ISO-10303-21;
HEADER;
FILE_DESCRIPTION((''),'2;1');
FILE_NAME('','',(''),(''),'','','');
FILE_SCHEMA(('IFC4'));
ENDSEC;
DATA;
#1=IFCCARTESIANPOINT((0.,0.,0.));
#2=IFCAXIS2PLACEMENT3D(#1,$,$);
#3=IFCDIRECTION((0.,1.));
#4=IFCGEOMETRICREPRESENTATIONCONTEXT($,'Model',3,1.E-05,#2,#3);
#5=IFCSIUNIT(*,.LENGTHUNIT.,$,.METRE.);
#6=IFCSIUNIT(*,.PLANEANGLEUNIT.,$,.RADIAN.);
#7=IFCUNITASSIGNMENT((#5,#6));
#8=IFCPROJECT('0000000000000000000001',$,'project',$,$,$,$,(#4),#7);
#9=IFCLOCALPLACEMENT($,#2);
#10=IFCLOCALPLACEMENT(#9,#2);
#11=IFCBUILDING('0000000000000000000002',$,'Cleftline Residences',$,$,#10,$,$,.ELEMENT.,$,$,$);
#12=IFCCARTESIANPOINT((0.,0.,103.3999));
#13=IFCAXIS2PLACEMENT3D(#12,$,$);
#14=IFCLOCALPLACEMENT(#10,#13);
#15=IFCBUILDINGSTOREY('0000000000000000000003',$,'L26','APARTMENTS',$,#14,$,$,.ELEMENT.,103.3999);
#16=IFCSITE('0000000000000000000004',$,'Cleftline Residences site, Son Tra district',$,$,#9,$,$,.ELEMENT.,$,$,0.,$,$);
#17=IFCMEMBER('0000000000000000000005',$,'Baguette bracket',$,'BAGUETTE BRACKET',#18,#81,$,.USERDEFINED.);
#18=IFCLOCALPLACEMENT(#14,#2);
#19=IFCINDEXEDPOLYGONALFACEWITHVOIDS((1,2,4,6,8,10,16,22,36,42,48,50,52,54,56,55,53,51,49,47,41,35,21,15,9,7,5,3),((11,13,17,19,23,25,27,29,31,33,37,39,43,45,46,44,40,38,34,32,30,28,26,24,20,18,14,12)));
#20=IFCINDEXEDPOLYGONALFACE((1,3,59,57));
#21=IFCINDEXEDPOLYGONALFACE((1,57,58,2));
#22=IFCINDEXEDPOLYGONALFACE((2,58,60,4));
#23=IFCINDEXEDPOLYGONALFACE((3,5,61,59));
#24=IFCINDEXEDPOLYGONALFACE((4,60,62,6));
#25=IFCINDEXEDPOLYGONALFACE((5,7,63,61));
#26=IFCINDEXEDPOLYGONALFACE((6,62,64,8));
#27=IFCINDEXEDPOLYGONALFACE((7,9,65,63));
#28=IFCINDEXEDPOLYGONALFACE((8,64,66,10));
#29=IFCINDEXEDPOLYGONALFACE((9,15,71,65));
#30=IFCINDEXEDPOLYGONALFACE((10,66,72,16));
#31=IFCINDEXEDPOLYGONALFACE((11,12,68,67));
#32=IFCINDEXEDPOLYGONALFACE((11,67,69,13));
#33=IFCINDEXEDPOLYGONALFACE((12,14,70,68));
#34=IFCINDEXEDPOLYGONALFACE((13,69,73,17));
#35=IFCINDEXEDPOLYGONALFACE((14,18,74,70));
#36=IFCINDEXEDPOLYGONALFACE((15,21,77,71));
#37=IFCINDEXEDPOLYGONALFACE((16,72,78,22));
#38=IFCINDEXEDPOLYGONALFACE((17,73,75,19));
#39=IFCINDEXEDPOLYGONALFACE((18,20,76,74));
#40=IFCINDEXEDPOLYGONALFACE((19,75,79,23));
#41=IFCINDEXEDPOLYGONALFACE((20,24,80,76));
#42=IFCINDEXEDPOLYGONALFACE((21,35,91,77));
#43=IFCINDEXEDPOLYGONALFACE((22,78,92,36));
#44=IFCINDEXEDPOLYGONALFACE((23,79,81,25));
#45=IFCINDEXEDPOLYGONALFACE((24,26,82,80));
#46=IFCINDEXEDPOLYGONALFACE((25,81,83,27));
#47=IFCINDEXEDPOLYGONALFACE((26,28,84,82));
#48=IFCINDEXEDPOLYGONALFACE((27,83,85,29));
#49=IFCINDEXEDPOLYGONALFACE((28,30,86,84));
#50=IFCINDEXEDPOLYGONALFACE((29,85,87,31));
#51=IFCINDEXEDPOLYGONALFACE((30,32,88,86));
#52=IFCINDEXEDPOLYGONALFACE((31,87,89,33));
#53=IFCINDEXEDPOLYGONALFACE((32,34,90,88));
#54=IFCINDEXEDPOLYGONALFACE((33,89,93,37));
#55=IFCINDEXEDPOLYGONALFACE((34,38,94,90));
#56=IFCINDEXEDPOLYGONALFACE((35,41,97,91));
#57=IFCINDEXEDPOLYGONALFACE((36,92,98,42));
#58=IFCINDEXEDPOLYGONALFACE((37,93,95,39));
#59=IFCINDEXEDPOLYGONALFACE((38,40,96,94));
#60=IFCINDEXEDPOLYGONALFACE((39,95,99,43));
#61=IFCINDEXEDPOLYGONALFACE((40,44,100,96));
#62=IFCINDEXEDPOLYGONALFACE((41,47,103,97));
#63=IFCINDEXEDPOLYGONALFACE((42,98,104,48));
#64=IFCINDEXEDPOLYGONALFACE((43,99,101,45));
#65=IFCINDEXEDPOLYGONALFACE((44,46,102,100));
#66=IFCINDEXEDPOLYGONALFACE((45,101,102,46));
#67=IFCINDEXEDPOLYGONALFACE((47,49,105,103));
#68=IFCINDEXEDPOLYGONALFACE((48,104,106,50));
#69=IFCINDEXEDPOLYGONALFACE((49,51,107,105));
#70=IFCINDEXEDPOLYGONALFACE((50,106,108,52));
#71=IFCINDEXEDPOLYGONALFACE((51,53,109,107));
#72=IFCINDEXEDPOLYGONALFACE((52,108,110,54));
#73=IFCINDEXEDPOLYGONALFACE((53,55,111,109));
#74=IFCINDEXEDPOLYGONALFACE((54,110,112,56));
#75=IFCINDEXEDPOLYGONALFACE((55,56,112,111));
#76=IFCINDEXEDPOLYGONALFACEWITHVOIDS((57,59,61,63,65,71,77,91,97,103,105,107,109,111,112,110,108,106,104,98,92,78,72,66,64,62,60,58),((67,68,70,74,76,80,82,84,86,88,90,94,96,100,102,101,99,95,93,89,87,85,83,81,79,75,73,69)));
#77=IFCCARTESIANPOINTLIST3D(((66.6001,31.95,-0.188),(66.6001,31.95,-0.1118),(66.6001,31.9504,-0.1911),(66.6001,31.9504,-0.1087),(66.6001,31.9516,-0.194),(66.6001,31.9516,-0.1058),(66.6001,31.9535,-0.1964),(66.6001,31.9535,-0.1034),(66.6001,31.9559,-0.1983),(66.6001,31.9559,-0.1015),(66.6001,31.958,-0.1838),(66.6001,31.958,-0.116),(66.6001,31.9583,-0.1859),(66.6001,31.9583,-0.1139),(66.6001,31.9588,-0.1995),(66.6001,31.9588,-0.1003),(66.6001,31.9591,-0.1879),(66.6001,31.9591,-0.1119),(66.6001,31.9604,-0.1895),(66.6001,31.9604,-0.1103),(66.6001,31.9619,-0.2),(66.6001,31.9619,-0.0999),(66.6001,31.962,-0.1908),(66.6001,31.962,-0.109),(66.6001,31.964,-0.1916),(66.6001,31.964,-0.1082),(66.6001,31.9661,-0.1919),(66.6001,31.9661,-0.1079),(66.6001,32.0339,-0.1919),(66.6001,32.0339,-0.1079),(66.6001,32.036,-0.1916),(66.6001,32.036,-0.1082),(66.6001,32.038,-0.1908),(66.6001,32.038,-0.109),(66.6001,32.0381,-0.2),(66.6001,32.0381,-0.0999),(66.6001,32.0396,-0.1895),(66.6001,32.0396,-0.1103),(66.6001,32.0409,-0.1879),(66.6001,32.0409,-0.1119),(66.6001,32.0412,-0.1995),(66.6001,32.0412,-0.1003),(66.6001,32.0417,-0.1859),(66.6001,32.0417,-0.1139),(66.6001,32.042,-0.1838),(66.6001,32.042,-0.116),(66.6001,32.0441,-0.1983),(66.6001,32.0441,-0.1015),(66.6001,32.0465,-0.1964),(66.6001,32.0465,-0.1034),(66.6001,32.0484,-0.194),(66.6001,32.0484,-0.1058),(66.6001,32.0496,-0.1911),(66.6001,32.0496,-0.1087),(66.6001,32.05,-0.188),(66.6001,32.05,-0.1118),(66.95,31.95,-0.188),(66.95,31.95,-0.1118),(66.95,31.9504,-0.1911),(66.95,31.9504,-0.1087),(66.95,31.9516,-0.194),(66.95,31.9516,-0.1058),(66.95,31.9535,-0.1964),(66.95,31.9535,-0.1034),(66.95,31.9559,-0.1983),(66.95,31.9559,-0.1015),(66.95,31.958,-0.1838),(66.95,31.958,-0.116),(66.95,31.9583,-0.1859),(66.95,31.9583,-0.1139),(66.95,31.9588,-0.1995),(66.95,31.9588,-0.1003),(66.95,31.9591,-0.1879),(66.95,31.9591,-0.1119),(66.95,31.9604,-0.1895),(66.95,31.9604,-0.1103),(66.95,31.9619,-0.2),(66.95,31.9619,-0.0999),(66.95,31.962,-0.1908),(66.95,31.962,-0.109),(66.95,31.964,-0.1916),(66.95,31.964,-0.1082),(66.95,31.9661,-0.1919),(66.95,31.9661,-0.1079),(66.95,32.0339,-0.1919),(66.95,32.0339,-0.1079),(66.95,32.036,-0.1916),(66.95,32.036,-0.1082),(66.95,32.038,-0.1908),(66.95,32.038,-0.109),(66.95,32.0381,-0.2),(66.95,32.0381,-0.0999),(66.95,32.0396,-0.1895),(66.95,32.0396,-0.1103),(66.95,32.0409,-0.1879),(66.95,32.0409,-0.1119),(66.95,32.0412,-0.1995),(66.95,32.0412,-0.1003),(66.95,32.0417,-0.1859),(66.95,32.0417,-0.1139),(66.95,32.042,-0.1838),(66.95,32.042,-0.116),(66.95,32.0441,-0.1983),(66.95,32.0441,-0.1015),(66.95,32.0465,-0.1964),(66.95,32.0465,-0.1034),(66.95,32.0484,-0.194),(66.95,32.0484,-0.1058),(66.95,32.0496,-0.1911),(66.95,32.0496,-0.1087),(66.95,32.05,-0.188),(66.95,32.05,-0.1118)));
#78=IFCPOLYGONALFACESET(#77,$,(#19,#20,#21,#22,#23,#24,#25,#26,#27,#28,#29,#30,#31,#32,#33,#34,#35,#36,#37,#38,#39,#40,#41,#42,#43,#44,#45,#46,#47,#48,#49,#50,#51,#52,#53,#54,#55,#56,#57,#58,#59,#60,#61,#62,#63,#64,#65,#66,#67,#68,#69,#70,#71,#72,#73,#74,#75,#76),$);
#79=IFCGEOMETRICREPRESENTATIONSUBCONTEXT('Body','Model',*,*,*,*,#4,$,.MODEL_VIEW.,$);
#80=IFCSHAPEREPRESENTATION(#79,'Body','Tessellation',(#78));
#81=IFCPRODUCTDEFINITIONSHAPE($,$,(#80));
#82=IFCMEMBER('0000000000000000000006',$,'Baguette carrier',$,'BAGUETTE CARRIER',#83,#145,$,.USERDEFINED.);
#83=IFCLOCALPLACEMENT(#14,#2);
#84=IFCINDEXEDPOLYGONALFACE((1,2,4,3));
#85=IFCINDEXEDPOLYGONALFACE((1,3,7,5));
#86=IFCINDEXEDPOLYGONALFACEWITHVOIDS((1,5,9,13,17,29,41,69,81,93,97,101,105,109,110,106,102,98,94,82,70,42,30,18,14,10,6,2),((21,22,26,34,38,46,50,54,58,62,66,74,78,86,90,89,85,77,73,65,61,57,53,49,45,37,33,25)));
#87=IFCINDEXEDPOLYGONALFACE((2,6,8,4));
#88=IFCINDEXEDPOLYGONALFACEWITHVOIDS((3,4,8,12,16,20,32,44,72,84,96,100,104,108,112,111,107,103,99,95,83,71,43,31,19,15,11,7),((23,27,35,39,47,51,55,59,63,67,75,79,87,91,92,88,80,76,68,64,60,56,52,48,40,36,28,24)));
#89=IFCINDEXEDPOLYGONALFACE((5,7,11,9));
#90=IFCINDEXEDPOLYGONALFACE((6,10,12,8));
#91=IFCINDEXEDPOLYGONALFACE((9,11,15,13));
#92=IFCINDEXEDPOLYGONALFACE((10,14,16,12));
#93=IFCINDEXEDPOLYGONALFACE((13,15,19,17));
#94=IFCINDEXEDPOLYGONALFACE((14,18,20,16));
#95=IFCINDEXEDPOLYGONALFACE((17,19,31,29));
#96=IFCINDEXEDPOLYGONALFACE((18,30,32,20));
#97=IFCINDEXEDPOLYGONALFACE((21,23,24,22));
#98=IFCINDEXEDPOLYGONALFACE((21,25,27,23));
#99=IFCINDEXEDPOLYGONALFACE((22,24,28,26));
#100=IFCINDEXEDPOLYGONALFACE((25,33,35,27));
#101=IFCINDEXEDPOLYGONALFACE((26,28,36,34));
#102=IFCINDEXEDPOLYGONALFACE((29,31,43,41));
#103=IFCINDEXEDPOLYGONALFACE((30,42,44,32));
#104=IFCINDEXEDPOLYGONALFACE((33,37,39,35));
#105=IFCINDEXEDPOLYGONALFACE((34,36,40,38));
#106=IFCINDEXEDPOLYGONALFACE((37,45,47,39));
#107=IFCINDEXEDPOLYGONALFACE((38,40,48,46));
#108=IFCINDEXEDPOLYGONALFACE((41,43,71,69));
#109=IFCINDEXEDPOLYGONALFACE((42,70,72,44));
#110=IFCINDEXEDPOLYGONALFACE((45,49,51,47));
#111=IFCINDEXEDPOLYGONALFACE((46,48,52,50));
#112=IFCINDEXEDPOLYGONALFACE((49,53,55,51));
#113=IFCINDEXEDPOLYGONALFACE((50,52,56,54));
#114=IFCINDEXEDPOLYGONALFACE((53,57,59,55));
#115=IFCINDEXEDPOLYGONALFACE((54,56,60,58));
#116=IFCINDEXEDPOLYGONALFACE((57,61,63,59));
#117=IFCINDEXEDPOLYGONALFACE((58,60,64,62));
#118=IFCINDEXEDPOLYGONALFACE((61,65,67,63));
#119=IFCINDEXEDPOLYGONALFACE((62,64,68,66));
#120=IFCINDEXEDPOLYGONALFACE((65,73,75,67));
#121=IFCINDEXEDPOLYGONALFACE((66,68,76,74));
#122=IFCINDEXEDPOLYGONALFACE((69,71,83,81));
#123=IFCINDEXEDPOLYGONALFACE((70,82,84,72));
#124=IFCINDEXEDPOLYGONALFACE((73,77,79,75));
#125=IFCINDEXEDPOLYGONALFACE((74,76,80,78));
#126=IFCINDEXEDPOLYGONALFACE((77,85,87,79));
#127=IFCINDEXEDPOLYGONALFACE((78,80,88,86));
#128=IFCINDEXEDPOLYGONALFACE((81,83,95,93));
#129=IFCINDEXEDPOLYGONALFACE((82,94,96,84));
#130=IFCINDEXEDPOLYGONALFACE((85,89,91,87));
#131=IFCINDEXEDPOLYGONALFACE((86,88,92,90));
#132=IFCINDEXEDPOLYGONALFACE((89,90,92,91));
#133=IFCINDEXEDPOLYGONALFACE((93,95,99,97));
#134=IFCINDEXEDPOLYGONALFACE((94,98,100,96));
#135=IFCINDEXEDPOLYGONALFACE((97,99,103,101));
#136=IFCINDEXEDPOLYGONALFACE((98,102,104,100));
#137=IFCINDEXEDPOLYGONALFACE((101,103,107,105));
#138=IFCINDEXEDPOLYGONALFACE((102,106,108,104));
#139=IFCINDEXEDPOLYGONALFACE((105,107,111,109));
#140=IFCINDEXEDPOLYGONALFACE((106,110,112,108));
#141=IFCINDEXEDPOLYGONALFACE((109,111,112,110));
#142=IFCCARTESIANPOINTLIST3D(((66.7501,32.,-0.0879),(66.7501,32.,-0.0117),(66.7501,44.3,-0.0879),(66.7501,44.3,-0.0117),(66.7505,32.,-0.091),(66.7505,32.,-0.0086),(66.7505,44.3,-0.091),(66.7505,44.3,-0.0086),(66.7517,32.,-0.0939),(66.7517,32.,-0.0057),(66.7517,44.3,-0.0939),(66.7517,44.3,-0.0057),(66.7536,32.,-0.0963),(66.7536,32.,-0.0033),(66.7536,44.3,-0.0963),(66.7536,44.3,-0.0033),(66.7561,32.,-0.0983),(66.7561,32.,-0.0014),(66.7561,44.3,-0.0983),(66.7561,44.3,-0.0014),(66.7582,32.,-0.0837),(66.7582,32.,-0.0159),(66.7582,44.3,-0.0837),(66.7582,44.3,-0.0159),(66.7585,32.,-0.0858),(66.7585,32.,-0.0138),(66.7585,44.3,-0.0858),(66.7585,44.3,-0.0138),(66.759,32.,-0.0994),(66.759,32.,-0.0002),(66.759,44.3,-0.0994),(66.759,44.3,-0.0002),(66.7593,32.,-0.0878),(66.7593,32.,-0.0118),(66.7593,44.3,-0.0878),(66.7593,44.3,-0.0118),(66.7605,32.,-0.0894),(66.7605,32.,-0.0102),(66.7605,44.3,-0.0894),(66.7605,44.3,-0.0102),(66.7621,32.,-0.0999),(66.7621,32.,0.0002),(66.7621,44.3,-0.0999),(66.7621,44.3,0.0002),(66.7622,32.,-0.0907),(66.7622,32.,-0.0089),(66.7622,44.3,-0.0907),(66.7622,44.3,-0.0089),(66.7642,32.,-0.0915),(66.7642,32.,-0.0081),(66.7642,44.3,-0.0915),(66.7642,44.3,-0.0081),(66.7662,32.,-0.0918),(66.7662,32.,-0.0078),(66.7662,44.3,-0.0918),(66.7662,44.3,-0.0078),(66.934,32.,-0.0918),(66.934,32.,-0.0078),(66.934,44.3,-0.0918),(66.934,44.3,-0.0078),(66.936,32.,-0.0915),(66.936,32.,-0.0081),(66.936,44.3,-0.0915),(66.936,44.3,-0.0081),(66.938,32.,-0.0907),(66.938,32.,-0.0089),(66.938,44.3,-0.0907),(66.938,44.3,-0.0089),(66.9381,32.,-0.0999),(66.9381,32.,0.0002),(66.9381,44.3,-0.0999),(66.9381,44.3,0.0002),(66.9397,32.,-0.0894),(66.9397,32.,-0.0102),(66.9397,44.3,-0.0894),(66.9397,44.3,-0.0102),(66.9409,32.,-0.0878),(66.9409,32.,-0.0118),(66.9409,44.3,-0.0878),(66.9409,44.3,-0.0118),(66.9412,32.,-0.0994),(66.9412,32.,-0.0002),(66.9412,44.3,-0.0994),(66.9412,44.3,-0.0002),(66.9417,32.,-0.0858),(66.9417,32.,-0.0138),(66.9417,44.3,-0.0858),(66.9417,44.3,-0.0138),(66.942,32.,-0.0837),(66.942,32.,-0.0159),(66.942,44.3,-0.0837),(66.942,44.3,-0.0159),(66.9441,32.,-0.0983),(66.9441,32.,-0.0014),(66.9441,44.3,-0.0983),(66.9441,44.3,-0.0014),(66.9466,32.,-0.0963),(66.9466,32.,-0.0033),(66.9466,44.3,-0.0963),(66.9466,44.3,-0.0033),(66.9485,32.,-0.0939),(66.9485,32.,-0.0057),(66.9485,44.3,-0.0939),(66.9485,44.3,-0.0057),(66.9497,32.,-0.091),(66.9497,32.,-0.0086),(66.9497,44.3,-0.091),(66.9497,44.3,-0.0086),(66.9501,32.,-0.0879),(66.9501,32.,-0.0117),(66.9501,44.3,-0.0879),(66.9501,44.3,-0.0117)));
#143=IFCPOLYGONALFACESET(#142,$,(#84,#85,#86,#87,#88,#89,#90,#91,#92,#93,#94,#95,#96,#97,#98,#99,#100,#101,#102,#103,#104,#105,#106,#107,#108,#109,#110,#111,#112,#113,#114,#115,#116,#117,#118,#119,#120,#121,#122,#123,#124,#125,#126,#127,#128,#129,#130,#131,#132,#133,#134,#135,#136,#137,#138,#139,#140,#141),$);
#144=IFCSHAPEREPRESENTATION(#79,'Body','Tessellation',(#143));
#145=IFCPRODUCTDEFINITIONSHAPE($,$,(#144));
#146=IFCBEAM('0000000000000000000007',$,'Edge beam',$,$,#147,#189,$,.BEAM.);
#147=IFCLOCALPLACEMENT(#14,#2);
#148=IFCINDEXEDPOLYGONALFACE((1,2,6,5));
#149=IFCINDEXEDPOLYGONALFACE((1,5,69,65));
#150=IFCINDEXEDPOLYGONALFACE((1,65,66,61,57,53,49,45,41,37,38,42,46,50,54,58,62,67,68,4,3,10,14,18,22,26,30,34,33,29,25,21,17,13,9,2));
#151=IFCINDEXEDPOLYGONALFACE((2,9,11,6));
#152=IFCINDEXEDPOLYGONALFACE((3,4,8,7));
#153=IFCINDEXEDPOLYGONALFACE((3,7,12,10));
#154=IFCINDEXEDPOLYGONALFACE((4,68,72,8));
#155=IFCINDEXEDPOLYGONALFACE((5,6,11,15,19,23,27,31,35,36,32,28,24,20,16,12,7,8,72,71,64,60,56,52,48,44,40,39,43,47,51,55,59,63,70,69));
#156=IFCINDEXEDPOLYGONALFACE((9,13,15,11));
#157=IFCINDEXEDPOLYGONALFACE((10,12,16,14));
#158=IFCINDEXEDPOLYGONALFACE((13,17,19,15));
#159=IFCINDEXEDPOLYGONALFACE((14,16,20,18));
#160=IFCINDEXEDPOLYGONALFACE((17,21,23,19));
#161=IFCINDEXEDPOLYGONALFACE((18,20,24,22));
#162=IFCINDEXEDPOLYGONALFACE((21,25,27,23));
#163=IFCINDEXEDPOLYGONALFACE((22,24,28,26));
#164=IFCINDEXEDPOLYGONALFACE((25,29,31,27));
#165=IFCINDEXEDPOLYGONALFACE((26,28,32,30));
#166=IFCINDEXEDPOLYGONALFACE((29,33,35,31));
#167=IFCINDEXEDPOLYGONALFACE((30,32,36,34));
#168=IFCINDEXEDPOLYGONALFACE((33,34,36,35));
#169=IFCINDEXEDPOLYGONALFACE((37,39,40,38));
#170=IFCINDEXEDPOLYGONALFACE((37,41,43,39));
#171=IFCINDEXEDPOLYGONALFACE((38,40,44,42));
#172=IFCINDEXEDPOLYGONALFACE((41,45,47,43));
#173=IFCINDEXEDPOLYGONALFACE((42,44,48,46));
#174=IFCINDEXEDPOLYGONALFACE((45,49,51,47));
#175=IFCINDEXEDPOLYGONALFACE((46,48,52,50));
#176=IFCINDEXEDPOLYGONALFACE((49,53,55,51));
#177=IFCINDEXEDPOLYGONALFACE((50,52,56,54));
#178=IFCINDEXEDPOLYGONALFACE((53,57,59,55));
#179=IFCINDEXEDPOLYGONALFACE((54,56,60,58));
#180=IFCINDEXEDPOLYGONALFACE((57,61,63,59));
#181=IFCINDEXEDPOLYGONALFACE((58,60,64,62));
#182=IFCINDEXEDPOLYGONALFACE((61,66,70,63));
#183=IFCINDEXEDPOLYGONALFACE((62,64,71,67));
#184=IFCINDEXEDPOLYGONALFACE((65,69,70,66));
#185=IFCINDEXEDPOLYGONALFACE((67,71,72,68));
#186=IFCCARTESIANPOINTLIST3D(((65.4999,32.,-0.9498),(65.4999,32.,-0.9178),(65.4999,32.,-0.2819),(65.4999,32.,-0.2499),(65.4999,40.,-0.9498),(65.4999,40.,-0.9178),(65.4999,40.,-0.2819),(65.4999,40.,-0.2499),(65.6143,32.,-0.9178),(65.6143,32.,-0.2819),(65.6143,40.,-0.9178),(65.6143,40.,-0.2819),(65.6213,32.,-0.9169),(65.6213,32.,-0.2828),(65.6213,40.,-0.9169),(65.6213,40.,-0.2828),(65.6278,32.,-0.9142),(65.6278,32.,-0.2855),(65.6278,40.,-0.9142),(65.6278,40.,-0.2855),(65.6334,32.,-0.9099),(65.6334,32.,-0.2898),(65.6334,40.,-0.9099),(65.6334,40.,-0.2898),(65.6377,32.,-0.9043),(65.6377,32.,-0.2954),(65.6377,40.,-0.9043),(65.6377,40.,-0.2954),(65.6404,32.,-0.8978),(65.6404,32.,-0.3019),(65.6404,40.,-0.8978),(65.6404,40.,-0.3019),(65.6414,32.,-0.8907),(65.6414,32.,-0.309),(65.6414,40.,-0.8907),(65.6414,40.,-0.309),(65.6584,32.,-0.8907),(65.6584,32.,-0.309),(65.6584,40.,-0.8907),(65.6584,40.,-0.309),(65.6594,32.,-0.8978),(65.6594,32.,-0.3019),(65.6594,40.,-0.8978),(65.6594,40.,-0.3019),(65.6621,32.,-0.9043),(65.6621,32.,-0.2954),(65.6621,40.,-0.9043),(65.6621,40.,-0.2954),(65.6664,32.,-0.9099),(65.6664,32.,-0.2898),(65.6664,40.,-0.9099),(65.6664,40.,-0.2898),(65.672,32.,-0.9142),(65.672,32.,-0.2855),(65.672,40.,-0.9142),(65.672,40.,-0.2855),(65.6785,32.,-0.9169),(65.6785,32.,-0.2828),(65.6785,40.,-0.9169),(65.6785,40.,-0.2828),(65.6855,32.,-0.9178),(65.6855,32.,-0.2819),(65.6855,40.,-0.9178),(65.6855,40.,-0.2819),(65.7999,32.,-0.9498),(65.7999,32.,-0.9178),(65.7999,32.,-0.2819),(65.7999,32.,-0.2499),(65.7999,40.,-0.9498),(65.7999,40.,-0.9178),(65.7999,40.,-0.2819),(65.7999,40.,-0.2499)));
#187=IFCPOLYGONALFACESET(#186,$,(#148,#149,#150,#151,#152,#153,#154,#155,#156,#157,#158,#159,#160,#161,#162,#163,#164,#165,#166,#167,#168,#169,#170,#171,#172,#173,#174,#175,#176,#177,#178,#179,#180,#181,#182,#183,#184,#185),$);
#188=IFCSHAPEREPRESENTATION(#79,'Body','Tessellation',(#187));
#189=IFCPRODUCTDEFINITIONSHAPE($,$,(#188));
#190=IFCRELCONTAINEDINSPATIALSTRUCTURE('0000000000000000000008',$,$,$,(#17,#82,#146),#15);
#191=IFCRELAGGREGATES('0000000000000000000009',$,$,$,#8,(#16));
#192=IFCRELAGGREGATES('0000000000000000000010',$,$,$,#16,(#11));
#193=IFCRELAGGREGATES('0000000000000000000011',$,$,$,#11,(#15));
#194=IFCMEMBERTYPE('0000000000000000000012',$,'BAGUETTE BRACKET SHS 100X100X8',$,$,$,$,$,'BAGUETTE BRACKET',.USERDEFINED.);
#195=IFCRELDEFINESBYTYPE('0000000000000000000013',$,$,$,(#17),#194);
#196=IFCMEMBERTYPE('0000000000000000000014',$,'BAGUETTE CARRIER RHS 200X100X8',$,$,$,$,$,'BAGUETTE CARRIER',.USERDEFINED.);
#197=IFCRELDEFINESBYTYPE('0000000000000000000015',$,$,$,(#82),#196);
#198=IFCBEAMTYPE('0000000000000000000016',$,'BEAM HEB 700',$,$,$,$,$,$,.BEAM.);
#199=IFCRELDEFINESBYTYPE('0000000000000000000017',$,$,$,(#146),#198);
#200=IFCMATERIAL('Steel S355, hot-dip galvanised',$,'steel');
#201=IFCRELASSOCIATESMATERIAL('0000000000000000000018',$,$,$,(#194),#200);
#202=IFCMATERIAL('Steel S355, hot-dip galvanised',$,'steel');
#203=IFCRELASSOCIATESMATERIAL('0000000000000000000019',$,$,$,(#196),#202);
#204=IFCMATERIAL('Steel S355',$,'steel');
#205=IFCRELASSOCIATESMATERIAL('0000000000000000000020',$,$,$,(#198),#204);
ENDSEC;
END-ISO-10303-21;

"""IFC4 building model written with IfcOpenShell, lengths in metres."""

from ifc_helpers import new_model, si_unit, direction, frame, origin, origin_2d, place, context, subcontext, project, spatial, hollow_rectangle, i_section, extrude, material, material_profile, profile_set, type_object, element, save


model = new_model("IFC4")

# Units and contexts
model_context = context("Model", 3, precision=1e-05, world=origin(), true_north=direction((0.0, 1.0)))
body_context = subcontext(model_context, "Body", "Model", "MODEL_VIEW")
ifc_project = project(units=[si_unit("LENGTHUNIT", "METRE"), si_unit("PLANEANGLEUNIT", "RADIAN")], contexts=[model_context])

# Site, building, storey
site_placement = place(None, origin())
site = spatial("IfcSite", under=ifc_project, at=site_placement, Name="Cleftline Residences site, Son Tra district", CompositionType="ELEMENT", RefElevation=0.0)
building_placement = place(site_placement, origin())
building = spatial("IfcBuilding", under=site, at=building_placement, Name="Cleftline Residences", CompositionType="ELEMENT")
storey_placement = place(building_placement, frame((0.0, 0.0, 103.3999)))
storey = spatial("IfcBuildingStorey", under=building, at=storey_placement, Name="L26", Description="APARTMENTS", CompositionType="ELEMENT", Elevation=103.3999)

# Members
ifc_material_1 = material(Name="Steel S355, hot-dip galvanised", Category="steel")
ifc_material_profile_1 = material_profile(ifc_material_1, hollow_rectangle(XDim=0.1001, YDim=0.1001, WallThickness=0.0081, InnerFilletRadius=0.0081, OuterFilletRadius=0.012, at=origin_2d()))
ifc_profile_set_1 = profile_set([ifc_material_profile_1], Name="Steel S355, hot-dip galvanised")
member_type_1 = type_object("IfcMemberType", Name="BAGUETTE BRACKET SHS 100X100X8", ElementType="BAGUETTE BRACKET", PredefinedType="USERDEFINED", material=ifc_profile_set_1)
member_1_placement = place(storey_placement, frame((66.6001, 32.0, -0.1499), z_axis=(1.0, 0.0, 0.0), x_axis=(0.0, 1.0, 0.0)))
element("IfcMember", 1, at=member_1_placement, inside=storey, type_object=member_type_1, Name="Baguette bracket", ObjectType="BAGUETTE BRACKET", PredefinedType="USERDEFINED", context=body_context, shape_type="SweptSolid", body=[
    extrude(hollow_rectangle(XDim=0.1001, YDim=0.1001, WallThickness=0.0081, InnerFilletRadius=0.0081, OuterFilletRadius=0.012, at=origin_2d()), origin(), (0.0, 0.0, 1.0), 0.3499),
])
ifc_material_2 = material(Name="Steel S355, hot-dip galvanised", Category="steel")
ifc_material_profile_2 = material_profile(ifc_material_2, hollow_rectangle(XDim=0.1001, YDim=0.2, WallThickness=0.0081, InnerFilletRadius=0.0081, OuterFilletRadius=0.012, at=origin_2d()))
ifc_profile_set_2 = profile_set([ifc_material_profile_2], Name="Steel S355, hot-dip galvanised")
member_type_2 = type_object("IfcMemberType", Name="BAGUETTE CARRIER RHS 200X100X8", ElementType="BAGUETTE CARRIER", PredefinedType="USERDEFINED", material=ifc_profile_set_2)
member_2_placement = place(storey_placement, frame((66.8501, 32.0, -0.0498), z_axis=(0.0, 1.0, 0.0), x_axis=(0.0, 0.0, 1.0)))
element("IfcMember", 2, at=member_2_placement, inside=storey, type_object=member_type_2, Name="Baguette carrier", ObjectType="BAGUETTE CARRIER", PredefinedType="USERDEFINED", context=body_context, shape_type="SweptSolid", body=[
    extrude(hollow_rectangle(XDim=0.1001, YDim=0.2, WallThickness=0.0081, InnerFilletRadius=0.0081, OuterFilletRadius=0.012, at=origin_2d()), origin(), (0.0, 0.0, 1.0), 12.3),
])

# Beam
ifc_material_3 = material(Name="Steel S355", Category="steel")
ifc_material_profile_3 = material_profile(ifc_material_3, i_section(OverallWidth=0.3, OverallDepth=0.7, WebThickness=0.0171, FlangeThickness=0.032, FilletRadius=0.0271, at=origin_2d()))
ifc_profile_set_3 = profile_set([ifc_material_profile_3], Name="Steel S355")
beam_type_1 = type_object("IfcBeamType", Name="BEAM HEB 700", PredefinedType="BEAM", material=ifc_profile_set_3)
beam_1_placement = place(storey_placement, frame((65.6499, 32.0, -0.5999), z_axis=(0.0, 1.0, 0.0), x_axis=(-1.0, 0.0, 0.0)))
element("IfcBeam", 3, at=beam_1_placement, inside=storey, type_object=beam_type_1, Name="Edge beam", PredefinedType="BEAM", context=body_context, shape_type="SweptSolid", body=[
    extrude(i_section(OverallWidth=0.3, OverallDepth=0.7, WebThickness=0.0171, FlangeThickness=0.032, FilletRadius=0.0271, at=origin_2d()), origin(), (0.0, 0.0, 1.0), 8.0),
])

save(model, "model.ifc")
